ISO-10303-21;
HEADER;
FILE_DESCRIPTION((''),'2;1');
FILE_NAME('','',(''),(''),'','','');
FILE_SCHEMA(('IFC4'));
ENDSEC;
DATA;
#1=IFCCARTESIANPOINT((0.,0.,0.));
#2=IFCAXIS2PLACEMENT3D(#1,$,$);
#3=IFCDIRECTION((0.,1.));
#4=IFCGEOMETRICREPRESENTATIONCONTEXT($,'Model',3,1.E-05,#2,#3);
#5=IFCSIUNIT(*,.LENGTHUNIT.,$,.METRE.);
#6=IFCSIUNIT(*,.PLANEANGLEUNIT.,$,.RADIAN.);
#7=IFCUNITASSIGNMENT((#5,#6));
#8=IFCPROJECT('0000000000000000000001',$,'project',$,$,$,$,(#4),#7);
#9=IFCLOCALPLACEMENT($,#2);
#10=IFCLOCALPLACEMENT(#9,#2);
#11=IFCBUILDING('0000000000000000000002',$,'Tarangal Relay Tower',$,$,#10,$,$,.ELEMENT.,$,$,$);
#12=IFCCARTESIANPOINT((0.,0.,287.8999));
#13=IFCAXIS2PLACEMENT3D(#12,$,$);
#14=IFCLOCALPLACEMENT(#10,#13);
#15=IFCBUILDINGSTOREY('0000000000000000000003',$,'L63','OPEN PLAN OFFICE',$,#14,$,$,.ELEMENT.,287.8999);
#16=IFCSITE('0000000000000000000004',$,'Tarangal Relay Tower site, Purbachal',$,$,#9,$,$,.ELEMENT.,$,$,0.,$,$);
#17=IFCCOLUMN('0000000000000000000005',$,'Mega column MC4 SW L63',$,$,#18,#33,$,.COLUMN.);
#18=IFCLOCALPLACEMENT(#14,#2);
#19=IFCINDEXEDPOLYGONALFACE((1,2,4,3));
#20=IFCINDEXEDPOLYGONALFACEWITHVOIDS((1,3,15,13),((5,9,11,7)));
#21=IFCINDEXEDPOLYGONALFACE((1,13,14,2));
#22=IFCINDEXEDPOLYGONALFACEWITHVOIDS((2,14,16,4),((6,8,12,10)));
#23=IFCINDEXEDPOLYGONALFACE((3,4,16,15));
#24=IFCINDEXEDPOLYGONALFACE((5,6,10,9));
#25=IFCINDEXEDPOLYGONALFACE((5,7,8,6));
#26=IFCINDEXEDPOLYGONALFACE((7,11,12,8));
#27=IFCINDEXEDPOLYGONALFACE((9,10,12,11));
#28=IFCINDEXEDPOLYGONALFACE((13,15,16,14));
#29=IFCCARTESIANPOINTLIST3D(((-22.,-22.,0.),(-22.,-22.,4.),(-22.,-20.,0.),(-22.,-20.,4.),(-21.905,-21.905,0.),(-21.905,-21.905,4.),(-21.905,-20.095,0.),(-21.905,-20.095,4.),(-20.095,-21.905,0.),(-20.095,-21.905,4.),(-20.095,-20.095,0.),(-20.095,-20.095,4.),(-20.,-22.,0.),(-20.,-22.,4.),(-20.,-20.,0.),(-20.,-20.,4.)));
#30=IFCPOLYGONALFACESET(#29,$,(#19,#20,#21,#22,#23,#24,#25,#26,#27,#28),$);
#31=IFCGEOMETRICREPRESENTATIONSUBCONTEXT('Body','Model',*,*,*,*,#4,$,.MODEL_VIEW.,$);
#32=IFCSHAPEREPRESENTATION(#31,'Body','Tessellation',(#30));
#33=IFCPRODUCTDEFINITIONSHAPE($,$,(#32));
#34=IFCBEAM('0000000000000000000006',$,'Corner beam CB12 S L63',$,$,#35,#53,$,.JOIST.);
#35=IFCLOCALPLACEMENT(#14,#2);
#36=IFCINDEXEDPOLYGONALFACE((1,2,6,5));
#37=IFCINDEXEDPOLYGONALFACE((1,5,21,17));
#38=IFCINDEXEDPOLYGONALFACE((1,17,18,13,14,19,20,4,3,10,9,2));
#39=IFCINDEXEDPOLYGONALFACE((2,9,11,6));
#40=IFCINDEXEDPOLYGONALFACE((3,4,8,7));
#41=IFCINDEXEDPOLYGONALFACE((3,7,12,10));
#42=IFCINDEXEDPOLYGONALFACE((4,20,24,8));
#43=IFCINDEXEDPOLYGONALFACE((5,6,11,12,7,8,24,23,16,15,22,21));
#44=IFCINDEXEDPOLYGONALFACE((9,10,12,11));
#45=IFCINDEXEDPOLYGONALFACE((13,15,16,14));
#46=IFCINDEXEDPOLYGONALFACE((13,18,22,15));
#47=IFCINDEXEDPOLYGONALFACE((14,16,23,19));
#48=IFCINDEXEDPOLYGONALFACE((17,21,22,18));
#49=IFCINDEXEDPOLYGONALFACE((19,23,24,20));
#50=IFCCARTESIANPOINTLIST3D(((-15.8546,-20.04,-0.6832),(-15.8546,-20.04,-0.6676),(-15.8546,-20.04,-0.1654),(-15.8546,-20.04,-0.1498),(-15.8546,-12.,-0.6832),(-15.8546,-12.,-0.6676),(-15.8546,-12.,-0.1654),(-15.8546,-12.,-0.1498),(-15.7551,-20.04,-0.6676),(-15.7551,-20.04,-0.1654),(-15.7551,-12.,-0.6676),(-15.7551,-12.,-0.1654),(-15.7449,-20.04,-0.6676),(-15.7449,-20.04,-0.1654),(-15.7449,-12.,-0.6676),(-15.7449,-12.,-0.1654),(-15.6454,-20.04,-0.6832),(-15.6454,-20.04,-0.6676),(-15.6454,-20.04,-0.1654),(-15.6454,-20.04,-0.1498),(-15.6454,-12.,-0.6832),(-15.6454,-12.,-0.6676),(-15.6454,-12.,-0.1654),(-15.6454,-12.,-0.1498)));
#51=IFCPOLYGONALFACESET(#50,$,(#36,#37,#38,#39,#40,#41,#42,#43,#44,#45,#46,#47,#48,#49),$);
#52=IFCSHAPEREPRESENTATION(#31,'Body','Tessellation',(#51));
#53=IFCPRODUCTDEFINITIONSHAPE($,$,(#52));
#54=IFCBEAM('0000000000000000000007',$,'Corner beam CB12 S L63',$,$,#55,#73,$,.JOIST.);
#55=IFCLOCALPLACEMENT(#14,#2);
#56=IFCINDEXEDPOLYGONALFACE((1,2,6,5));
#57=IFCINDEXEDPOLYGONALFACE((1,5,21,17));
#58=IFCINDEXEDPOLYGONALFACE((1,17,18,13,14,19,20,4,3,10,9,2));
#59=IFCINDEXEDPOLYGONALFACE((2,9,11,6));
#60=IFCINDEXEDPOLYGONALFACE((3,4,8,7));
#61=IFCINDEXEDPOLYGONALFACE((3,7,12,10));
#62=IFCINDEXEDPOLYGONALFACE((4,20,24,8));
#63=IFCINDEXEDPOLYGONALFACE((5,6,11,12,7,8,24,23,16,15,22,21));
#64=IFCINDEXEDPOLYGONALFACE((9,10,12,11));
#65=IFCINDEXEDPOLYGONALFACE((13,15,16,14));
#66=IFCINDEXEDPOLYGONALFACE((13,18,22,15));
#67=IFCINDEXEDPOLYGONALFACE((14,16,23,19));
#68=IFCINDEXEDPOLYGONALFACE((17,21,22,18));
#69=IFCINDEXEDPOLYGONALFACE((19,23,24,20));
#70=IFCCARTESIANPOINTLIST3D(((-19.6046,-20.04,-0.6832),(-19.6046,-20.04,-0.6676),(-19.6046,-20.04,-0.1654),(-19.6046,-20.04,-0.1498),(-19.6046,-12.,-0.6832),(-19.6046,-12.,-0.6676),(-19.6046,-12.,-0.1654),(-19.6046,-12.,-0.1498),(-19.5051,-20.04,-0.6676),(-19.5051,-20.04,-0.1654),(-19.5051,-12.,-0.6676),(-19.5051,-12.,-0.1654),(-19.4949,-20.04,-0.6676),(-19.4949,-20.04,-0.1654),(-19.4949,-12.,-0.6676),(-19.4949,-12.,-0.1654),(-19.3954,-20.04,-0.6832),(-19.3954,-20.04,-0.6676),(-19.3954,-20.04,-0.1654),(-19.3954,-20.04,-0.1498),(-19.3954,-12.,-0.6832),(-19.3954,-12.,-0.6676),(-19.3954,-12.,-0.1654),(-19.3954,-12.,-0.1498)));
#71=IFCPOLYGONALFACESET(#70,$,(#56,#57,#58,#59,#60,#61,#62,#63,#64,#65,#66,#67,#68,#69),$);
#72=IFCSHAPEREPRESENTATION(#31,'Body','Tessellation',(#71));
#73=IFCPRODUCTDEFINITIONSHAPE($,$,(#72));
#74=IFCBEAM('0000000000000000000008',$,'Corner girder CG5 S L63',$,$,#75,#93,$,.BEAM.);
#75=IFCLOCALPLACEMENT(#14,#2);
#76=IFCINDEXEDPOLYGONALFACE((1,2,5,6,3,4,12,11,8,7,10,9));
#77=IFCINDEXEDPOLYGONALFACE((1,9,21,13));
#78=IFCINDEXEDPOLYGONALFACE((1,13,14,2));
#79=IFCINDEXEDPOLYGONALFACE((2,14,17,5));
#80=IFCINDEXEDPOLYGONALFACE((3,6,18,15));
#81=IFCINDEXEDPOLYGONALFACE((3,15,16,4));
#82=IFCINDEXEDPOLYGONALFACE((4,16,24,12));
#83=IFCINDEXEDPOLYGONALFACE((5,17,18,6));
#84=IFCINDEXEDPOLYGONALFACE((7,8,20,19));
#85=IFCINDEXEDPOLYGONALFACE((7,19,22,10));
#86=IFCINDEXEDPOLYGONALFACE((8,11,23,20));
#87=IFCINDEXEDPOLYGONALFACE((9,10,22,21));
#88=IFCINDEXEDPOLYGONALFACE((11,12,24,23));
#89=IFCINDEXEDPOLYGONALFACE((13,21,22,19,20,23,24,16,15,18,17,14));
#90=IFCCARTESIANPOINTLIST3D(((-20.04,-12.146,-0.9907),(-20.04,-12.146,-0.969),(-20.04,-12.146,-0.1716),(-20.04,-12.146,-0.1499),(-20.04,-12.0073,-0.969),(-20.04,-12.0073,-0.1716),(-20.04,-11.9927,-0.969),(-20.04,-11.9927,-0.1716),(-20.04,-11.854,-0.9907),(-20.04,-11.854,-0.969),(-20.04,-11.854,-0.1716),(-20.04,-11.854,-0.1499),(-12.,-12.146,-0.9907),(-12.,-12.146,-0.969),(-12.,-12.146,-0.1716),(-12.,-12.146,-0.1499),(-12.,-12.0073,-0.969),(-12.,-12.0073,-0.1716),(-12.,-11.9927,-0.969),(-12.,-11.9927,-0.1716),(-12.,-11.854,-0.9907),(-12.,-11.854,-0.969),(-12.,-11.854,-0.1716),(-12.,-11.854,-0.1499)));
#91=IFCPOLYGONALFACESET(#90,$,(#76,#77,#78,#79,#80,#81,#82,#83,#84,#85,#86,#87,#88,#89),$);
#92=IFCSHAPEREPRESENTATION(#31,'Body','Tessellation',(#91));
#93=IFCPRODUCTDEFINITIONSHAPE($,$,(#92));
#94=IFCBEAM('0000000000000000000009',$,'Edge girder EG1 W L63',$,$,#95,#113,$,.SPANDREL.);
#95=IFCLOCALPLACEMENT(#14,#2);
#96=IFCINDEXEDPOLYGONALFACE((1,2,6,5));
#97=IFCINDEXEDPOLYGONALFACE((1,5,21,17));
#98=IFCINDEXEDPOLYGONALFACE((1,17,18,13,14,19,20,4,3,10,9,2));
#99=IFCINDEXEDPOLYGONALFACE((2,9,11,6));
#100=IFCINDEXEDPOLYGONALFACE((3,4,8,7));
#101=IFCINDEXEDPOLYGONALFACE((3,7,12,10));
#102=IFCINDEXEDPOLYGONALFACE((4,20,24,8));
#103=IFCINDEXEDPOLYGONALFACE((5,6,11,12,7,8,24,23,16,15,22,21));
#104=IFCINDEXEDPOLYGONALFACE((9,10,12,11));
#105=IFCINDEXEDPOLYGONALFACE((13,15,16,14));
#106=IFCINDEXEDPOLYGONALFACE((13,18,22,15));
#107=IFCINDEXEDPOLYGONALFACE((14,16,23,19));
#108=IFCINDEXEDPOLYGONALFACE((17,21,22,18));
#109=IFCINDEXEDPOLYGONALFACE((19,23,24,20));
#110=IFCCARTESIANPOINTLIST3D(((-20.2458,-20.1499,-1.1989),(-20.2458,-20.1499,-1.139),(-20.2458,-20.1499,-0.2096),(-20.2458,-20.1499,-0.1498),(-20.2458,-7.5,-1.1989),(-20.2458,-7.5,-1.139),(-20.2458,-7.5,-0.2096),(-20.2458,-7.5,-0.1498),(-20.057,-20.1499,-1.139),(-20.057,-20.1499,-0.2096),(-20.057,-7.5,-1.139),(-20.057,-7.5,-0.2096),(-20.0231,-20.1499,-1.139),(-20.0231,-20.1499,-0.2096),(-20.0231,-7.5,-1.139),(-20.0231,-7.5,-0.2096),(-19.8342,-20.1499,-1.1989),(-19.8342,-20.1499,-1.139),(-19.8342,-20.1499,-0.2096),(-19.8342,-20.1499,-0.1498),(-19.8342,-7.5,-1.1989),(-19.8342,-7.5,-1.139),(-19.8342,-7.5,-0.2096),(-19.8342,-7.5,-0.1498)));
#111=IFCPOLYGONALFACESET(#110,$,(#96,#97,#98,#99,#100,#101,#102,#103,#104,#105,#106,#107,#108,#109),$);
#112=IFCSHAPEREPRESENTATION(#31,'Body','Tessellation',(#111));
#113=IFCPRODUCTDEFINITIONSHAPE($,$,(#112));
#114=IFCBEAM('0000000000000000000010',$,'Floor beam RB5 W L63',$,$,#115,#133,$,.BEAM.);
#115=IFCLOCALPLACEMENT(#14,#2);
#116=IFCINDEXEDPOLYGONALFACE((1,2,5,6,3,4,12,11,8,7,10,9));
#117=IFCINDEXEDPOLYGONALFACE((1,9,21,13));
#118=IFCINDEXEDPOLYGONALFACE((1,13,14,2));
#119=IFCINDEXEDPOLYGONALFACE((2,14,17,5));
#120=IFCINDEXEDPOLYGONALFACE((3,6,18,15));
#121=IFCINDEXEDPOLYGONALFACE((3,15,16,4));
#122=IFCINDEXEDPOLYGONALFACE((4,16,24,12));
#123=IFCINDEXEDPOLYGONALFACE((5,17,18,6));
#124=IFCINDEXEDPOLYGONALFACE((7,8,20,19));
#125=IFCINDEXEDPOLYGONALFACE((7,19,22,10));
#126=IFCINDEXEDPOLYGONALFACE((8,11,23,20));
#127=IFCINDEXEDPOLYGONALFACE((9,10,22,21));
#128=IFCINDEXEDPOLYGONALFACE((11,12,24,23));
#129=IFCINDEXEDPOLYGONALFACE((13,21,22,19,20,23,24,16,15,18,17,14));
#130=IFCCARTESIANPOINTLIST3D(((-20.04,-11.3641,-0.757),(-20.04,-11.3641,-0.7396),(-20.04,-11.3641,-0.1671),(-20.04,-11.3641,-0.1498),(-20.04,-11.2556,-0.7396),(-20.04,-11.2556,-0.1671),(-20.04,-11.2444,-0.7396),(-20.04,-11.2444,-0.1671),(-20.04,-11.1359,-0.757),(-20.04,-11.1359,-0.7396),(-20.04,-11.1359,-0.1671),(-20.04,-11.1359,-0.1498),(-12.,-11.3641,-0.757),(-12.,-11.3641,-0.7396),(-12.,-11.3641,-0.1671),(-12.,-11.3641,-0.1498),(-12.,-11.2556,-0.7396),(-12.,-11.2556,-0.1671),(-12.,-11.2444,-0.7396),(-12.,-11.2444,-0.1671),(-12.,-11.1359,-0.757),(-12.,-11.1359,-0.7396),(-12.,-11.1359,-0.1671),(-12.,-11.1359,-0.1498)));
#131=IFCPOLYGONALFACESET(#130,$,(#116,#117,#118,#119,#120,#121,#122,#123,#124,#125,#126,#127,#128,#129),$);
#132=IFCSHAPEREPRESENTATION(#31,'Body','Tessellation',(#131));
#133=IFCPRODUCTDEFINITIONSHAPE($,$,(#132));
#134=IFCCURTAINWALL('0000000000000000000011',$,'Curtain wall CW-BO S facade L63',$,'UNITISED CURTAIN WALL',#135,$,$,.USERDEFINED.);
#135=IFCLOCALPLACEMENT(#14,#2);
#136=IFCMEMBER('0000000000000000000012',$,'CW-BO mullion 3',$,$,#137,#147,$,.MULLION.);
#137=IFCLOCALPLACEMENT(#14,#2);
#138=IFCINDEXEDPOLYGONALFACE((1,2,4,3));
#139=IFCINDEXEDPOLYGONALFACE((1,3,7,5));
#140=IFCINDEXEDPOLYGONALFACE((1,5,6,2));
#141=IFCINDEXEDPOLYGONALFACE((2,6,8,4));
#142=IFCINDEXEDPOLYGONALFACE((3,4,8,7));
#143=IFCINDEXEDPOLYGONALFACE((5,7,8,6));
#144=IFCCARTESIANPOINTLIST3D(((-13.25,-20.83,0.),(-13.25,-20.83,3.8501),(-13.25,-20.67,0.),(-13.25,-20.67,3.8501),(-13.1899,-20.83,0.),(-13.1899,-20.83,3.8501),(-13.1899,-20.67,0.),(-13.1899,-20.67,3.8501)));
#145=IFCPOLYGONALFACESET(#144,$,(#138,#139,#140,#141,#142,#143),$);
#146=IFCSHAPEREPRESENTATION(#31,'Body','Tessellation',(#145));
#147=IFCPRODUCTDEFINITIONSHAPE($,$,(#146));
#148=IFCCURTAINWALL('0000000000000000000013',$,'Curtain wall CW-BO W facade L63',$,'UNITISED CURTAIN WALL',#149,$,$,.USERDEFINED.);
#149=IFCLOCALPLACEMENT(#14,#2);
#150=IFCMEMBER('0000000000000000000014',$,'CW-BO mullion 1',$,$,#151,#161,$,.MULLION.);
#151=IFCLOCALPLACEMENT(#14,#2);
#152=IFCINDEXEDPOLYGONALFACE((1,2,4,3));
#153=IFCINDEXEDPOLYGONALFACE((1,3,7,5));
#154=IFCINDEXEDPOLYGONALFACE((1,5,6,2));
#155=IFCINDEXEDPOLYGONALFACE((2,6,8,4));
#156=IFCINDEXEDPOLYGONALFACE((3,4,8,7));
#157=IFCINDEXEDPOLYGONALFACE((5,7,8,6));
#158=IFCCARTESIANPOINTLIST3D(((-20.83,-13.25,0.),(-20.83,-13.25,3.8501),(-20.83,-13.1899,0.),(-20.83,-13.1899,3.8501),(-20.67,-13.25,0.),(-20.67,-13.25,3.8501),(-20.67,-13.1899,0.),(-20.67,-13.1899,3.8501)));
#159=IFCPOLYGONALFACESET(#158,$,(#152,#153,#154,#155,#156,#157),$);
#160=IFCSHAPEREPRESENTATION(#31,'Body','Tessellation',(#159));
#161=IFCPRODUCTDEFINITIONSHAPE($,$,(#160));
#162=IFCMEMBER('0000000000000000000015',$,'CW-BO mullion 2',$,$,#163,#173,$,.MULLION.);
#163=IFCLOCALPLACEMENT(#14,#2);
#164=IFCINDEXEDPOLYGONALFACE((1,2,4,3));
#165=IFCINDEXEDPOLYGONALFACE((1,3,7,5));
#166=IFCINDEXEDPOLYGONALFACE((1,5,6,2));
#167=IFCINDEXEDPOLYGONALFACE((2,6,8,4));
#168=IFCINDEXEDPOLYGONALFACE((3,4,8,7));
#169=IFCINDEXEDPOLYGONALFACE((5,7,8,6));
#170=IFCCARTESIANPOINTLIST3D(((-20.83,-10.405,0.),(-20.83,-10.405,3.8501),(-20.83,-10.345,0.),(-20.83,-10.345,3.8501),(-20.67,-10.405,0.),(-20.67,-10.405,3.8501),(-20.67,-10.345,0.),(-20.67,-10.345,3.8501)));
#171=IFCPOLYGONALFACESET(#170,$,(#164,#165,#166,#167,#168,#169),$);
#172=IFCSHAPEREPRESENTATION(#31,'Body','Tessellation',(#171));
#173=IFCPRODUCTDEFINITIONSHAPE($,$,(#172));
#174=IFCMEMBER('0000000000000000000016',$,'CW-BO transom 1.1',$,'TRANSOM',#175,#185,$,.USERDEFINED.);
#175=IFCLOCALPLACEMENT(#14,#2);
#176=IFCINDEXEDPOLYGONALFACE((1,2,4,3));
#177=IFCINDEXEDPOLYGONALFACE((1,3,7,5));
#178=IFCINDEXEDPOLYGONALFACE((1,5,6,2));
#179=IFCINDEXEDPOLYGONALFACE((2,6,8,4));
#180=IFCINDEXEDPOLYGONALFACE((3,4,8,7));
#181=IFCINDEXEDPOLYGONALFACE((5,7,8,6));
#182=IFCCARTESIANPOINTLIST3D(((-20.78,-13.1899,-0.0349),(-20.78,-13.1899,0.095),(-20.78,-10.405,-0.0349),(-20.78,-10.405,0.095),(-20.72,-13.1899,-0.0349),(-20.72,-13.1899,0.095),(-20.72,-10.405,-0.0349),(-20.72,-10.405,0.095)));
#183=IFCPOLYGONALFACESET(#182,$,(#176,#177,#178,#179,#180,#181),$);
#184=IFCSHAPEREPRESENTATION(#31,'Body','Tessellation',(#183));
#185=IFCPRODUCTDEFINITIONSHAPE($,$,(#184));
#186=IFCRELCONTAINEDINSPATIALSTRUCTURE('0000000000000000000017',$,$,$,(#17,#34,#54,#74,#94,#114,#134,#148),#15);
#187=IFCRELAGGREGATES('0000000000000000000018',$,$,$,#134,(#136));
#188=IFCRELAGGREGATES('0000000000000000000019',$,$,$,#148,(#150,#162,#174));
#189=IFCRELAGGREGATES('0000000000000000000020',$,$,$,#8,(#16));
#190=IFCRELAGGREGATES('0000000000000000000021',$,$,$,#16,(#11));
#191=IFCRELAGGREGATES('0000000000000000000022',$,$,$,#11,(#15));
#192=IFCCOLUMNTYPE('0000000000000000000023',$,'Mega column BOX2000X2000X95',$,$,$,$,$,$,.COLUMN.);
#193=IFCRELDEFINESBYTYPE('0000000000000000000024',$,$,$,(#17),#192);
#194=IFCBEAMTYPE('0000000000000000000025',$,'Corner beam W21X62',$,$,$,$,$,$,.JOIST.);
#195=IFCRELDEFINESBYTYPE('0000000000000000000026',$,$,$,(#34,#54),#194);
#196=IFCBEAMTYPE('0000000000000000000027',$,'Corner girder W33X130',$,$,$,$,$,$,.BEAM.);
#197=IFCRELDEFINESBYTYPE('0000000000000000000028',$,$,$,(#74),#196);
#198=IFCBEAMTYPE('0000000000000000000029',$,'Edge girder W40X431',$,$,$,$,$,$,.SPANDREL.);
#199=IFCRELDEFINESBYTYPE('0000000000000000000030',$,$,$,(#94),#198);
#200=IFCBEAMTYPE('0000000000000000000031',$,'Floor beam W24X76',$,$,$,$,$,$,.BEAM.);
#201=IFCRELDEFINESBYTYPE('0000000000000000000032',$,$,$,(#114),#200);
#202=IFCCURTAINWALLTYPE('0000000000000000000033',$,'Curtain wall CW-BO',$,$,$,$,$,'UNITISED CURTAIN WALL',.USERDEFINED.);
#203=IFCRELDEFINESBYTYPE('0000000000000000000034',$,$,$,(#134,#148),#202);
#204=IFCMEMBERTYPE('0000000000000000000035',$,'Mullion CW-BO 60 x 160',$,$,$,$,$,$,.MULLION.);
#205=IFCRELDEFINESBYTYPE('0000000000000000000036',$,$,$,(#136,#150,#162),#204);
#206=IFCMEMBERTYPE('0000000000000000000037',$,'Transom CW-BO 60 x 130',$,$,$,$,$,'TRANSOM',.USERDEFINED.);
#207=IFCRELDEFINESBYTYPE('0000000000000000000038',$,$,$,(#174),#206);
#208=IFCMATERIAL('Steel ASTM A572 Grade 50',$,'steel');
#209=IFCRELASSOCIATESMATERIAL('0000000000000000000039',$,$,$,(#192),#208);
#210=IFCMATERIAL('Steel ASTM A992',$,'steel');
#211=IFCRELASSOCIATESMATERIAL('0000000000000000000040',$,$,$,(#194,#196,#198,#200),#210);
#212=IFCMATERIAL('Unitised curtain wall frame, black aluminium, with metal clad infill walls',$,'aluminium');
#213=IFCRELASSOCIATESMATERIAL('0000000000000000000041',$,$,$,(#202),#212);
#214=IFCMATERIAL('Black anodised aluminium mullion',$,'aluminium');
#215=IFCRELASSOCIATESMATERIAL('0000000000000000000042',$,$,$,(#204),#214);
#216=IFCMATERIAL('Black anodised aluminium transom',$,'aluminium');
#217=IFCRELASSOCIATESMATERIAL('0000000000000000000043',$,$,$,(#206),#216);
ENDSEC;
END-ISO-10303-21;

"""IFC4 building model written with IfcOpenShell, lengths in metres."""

from ifc_helpers import new_model, si_unit, direction, frame, origin, origin_2d, place, context, subcontext, project, spatial, rectangle, hollow_rectangle, i_section, extrude, material, material_profile, profile_set, type_object, element, aggregate, save


model = new_model("IFC4")

# Units and contexts
model_context = context("Model", 3, precision=1e-05, world=origin(), true_north=direction((0.0, 1.0)))
body_context = subcontext(model_context, "Body", "Model", "MODEL_VIEW")
ifc_project = project(units=[si_unit("LENGTHUNIT", "METRE"), si_unit("PLANEANGLEUNIT", "RADIAN")], contexts=[model_context])

# Site, building, storey
site_placement = place(None, origin())
site = spatial("IfcSite", under=ifc_project, at=site_placement, Name="Tarangal Relay Tower site, Purbachal", CompositionType="ELEMENT", RefElevation=0.0)
building_placement = place(site_placement, origin())
building = spatial("IfcBuilding", under=site, at=building_placement, Name="Tarangal Relay Tower", CompositionType="ELEMENT")
storey_placement = place(building_placement, frame((0.0, 0.0, 287.8999)))
storey = spatial("IfcBuildingStorey", under=building, at=storey_placement, Name="L63", Description="OPEN PLAN OFFICE", CompositionType="ELEMENT", Elevation=287.8999)

# Column
ifc_material_1 = material(Name="Steel ASTM A572 Grade 50", Category="steel")
ifc_material_profile_1 = material_profile(ifc_material_1, hollow_rectangle(XDim=2.0, YDim=2.0, WallThickness=0.095, at=origin_2d()), Name="BOX2000X2000X95")
ifc_profile_set_1 = profile_set([ifc_material_profile_1], Name="Steel ASTM A572 Grade 50")
column_type = type_object("IfcColumnType", Name="Mega column BOX2000X2000X95", PredefinedType="COLUMN", material=ifc_profile_set_1)
column_placement = place(storey_placement, frame((-21.0, -21.0, 0.0), z_axis=(0.0, 0.0, 1.0), x_axis=(1.0, 0.0, 0.0)))
element("IfcColumn", 1, at=column_placement, inside=storey, type_object=column_type, Name="Mega column MC4 SW L63", PredefinedType="COLUMN", context=body_context, shape_type="SweptSolid", body=[
    extrude(hollow_rectangle(XDim=2.0, YDim=2.0, WallThickness=0.095, at=origin_2d()), origin(), (0.0, 0.0, 1.0), 4.0),
])

# Beams
ifc_material_2 = material(Name="Steel ASTM A992", Category="steel")
ifc_material_profile_2 = material_profile(ifc_material_2, i_section(OverallWidth=0.2092, OverallDepth=0.5334, WebThickness=0.0103, FlangeThickness=0.0156, at=origin_2d()), Name="W21X62")
ifc_profile_set_2 = profile_set([ifc_material_profile_2], Name="Steel ASTM A992")
beam_type_1 = type_object("IfcBeamType", Name="Corner beam W21X62", PredefinedType="JOIST", material=ifc_profile_set_2)
for number, where, z_axis, x_axis, name in (
    (2, (-15.75, -12.0, -0.4165), (0.0, -1.0, 0.0), (1.0, 0.0, 0.0), "Corner beam CB12 S L63"),
    (3, (-19.5, -12.0, -0.4165), (0.0, -1.0, 0.0), (1.0, 0.0, 0.0), "Corner beam CB12 S L63"),
):
    element("IfcBeam", number, at=place(storey_placement, frame(where, z_axis=z_axis, x_axis=x_axis)), inside=storey, type_object=beam_type_1, Name=name, PredefinedType="JOIST", context=body_context, shape_type="SweptSolid", body=[
        extrude(i_section(OverallWidth=0.2092, OverallDepth=0.5334, WebThickness=0.0103, FlangeThickness=0.0156, at=origin_2d()), origin(), (0.0, 0.0, 1.0), 8.04),
    ])
ifc_material_profile_3 = material_profile(ifc_material_2, i_section(OverallWidth=0.292, OverallDepth=0.8408, WebThickness=0.0146, FlangeThickness=0.0217, at=origin_2d()), Name="W33X130")
ifc_profile_set_3 = profile_set([ifc_material_profile_3], Name="Steel ASTM A992")
beam_type_2 = type_object("IfcBeamType", Name="Corner girder W33X130", PredefinedType="BEAM", material=ifc_profile_set_3)
beam_1_placement = place(storey_placement, frame((-12.0, -12.0, -0.5703), z_axis=(-1.0, 0.0, 0.0), x_axis=(0.0, -1.0, 0.0)))
element("IfcBeam", 4, at=beam_1_placement, inside=storey, type_object=beam_type_2, Name="Corner girder CG5 S L63", PredefinedType="BEAM", context=body_context, shape_type="SweptSolid", body=[
    extrude(i_section(OverallWidth=0.292, OverallDepth=0.8408, WebThickness=0.0146, FlangeThickness=0.0217, at=origin_2d()), origin(), (0.0, 0.0, 1.0), 8.04),
])
ifc_material_profile_4 = material_profile(ifc_material_2, i_section(OverallWidth=0.4116, OverallDepth=1.0491, WebThickness=0.0339, FlangeThickness=0.0598, at=origin_2d()), Name="W40X431")
ifc_profile_set_4 = profile_set([ifc_material_profile_4], Name="Steel ASTM A992")
beam_type_3 = type_object("IfcBeamType", Name="Edge girder W40X431", PredefinedType="SPANDREL", material=ifc_profile_set_4)
beam_2_placement = place(storey_placement, frame((-20.04, -20.1499, -0.6743), z_axis=(0.0, 1.0, 0.0), x_axis=(-1.0, 0.0, 0.0)))
element("IfcBeam", 5, at=beam_2_placement, inside=storey, type_object=beam_type_3, Name="Edge girder EG1 W L63", PredefinedType="SPANDREL", context=body_context, shape_type="SweptSolid", body=[
    extrude(i_section(OverallWidth=0.4116, OverallDepth=1.0491, WebThickness=0.0339, FlangeThickness=0.0598, at=origin_2d()), origin(), (0.0, 0.0, 1.0), 12.6499),
])
ifc_material_profile_5 = material_profile(ifc_material_2, i_section(OverallWidth=0.2283, OverallDepth=0.6072, WebThickness=0.0112, FlangeThickness=0.0173, at=origin_2d()), Name="W24X76")
ifc_profile_set_5 = profile_set([ifc_material_profile_5], Name="Steel ASTM A992")
beam_type_4 = type_object("IfcBeamType", Name="Floor beam W24X76", PredefinedType="BEAM", material=ifc_profile_set_5)
beam_3_placement = place(storey_placement, frame((-12.0, -11.25, -0.4534), z_axis=(-1.0, 0.0, 0.0), x_axis=(0.0, -1.0, 0.0)))
element("IfcBeam", 6, at=beam_3_placement, inside=storey, type_object=beam_type_4, Name="Floor beam RB5 W L63", PredefinedType="BEAM", context=body_context, shape_type="SweptSolid", body=[
    extrude(i_section(OverallWidth=0.2283, OverallDepth=0.6072, WebThickness=0.0112, FlangeThickness=0.0173, at=origin_2d()), origin(), (0.0, 0.0, 1.0), 8.04),
])

# Curtain wall, member
ifc_material_3 = material(Name="Unitised curtain wall frame, black aluminium, with metal clad infill walls", Category="aluminium")
curtain_wall_type = type_object("IfcCurtainWallType", Name="Curtain wall CW-BO", ElementType="UNITISED CURTAIN WALL", PredefinedType="USERDEFINED", material=ifc_material_3)
curtain_wall_1_placement = place(storey_placement, origin())
curtain_wall_1 = element("IfcCurtainWall", 7, at=curtain_wall_1_placement, inside=storey, type_object=curtain_wall_type, Name="Curtain wall CW-BO S facade L63", ObjectType="UNITISED CURTAIN WALL", PredefinedType="USERDEFINED")
ifc_material_4 = material(Name="Black anodised aluminium mullion", Category="aluminium")
ifc_material_profile_6 = material_profile(ifc_material_4, rectangle(XDim=0.1599, YDim=0.0601, at=origin_2d()), Name="CW-BOM 60X160")
ifc_profile_set_6 = profile_set([ifc_material_profile_6], Name="Black anodised aluminium mullion")
member_type_1 = type_object("IfcMemberType", Name="Mullion CW-BO 60 x 160", PredefinedType="MULLION", material=ifc_profile_set_6)
member_1_placement = place(storey_placement, frame((-13.22, -20.75, 0.0), z_axis=(0.0, 0.0, 1.0), x_axis=(0.0, -1.0, 0.0)))
member_1 = element("IfcMember", 8, at=member_1_placement, type_object=member_type_1, Name="CW-BO mullion 3", PredefinedType="MULLION", context=body_context, shape_type="SweptSolid", body=[
    extrude(rectangle(XDim=0.1599, YDim=0.0601, at=origin_2d()), origin(), (0.0, 0.0, 1.0), 3.8501),
])
aggregate(curtain_wall_1, [member_1])

# Curtain wall, members
curtain_wall_2_placement = place(storey_placement, origin())
curtain_wall_2 = element("IfcCurtainWall", 9, at=curtain_wall_2_placement, inside=storey, type_object=curtain_wall_type, Name="Curtain wall CW-BO W facade L63", ObjectType="UNITISED CURTAIN WALL", PredefinedType="USERDEFINED")
member_2_placement = place(storey_placement, frame((-20.75, -13.22, 0.0), z_axis=(0.0, 0.0, 1.0), x_axis=(-1.0, 0.0, 0.0)))
member_2 = element("IfcMember", 10, at=member_2_placement, type_object=member_type_1, Name="CW-BO mullion 1", PredefinedType="MULLION", context=body_context, shape_type="SweptSolid", body=[
    extrude(rectangle(XDim=0.1599, YDim=0.0601, at=origin_2d()), origin(), (0.0, 0.0, 1.0), 3.8501),
])
member_3_placement = place(storey_placement, frame((-20.75, -10.375, 0.0), z_axis=(0.0, 0.0, 1.0), x_axis=(-1.0, 0.0, 0.0)))
member_3 = element("IfcMember", 11, at=member_3_placement, type_object=member_type_1, Name="CW-BO mullion 2", PredefinedType="MULLION", context=body_context, shape_type="SweptSolid", body=[
    extrude(rectangle(XDim=0.1599, YDim=0.0601, at=origin_2d()), origin(), (0.0, 0.0, 1.0), 3.8501),
])
ifc_material_5 = material(Name="Black anodised aluminium transom", Category="aluminium")
ifc_material_profile_7 = material_profile(ifc_material_5, rectangle(XDim=0.0601, YDim=0.1299, at=origin_2d()), Name="CW-BOT 60X130")
ifc_profile_set_7 = profile_set([ifc_material_profile_7], Name="Black anodised aluminium transom")
member_type_2 = type_object("IfcMemberType", Name="Transom CW-BO 60 x 130", ElementType="TRANSOM", PredefinedType="USERDEFINED", material=ifc_profile_set_7)
member_4_placement = place(storey_placement, frame((-20.75, -13.1899, 0.03), z_axis=(0.0, 1.0, 0.0), x_axis=(-1.0, 0.0, 0.0)))
member_4 = element("IfcMember", 12, at=member_4_placement, type_object=member_type_2, Name="CW-BO transom 1.1", ObjectType="TRANSOM", PredefinedType="USERDEFINED", context=body_context, shape_type="SweptSolid", body=[
    extrude(rectangle(XDim=0.0601, YDim=0.1299, at=origin_2d()), origin(), (0.0, 0.0, 1.0), 2.7849),
])
aggregate(curtain_wall_2, [member_2, member_3, member_4])

save(model, "model.ifc")
